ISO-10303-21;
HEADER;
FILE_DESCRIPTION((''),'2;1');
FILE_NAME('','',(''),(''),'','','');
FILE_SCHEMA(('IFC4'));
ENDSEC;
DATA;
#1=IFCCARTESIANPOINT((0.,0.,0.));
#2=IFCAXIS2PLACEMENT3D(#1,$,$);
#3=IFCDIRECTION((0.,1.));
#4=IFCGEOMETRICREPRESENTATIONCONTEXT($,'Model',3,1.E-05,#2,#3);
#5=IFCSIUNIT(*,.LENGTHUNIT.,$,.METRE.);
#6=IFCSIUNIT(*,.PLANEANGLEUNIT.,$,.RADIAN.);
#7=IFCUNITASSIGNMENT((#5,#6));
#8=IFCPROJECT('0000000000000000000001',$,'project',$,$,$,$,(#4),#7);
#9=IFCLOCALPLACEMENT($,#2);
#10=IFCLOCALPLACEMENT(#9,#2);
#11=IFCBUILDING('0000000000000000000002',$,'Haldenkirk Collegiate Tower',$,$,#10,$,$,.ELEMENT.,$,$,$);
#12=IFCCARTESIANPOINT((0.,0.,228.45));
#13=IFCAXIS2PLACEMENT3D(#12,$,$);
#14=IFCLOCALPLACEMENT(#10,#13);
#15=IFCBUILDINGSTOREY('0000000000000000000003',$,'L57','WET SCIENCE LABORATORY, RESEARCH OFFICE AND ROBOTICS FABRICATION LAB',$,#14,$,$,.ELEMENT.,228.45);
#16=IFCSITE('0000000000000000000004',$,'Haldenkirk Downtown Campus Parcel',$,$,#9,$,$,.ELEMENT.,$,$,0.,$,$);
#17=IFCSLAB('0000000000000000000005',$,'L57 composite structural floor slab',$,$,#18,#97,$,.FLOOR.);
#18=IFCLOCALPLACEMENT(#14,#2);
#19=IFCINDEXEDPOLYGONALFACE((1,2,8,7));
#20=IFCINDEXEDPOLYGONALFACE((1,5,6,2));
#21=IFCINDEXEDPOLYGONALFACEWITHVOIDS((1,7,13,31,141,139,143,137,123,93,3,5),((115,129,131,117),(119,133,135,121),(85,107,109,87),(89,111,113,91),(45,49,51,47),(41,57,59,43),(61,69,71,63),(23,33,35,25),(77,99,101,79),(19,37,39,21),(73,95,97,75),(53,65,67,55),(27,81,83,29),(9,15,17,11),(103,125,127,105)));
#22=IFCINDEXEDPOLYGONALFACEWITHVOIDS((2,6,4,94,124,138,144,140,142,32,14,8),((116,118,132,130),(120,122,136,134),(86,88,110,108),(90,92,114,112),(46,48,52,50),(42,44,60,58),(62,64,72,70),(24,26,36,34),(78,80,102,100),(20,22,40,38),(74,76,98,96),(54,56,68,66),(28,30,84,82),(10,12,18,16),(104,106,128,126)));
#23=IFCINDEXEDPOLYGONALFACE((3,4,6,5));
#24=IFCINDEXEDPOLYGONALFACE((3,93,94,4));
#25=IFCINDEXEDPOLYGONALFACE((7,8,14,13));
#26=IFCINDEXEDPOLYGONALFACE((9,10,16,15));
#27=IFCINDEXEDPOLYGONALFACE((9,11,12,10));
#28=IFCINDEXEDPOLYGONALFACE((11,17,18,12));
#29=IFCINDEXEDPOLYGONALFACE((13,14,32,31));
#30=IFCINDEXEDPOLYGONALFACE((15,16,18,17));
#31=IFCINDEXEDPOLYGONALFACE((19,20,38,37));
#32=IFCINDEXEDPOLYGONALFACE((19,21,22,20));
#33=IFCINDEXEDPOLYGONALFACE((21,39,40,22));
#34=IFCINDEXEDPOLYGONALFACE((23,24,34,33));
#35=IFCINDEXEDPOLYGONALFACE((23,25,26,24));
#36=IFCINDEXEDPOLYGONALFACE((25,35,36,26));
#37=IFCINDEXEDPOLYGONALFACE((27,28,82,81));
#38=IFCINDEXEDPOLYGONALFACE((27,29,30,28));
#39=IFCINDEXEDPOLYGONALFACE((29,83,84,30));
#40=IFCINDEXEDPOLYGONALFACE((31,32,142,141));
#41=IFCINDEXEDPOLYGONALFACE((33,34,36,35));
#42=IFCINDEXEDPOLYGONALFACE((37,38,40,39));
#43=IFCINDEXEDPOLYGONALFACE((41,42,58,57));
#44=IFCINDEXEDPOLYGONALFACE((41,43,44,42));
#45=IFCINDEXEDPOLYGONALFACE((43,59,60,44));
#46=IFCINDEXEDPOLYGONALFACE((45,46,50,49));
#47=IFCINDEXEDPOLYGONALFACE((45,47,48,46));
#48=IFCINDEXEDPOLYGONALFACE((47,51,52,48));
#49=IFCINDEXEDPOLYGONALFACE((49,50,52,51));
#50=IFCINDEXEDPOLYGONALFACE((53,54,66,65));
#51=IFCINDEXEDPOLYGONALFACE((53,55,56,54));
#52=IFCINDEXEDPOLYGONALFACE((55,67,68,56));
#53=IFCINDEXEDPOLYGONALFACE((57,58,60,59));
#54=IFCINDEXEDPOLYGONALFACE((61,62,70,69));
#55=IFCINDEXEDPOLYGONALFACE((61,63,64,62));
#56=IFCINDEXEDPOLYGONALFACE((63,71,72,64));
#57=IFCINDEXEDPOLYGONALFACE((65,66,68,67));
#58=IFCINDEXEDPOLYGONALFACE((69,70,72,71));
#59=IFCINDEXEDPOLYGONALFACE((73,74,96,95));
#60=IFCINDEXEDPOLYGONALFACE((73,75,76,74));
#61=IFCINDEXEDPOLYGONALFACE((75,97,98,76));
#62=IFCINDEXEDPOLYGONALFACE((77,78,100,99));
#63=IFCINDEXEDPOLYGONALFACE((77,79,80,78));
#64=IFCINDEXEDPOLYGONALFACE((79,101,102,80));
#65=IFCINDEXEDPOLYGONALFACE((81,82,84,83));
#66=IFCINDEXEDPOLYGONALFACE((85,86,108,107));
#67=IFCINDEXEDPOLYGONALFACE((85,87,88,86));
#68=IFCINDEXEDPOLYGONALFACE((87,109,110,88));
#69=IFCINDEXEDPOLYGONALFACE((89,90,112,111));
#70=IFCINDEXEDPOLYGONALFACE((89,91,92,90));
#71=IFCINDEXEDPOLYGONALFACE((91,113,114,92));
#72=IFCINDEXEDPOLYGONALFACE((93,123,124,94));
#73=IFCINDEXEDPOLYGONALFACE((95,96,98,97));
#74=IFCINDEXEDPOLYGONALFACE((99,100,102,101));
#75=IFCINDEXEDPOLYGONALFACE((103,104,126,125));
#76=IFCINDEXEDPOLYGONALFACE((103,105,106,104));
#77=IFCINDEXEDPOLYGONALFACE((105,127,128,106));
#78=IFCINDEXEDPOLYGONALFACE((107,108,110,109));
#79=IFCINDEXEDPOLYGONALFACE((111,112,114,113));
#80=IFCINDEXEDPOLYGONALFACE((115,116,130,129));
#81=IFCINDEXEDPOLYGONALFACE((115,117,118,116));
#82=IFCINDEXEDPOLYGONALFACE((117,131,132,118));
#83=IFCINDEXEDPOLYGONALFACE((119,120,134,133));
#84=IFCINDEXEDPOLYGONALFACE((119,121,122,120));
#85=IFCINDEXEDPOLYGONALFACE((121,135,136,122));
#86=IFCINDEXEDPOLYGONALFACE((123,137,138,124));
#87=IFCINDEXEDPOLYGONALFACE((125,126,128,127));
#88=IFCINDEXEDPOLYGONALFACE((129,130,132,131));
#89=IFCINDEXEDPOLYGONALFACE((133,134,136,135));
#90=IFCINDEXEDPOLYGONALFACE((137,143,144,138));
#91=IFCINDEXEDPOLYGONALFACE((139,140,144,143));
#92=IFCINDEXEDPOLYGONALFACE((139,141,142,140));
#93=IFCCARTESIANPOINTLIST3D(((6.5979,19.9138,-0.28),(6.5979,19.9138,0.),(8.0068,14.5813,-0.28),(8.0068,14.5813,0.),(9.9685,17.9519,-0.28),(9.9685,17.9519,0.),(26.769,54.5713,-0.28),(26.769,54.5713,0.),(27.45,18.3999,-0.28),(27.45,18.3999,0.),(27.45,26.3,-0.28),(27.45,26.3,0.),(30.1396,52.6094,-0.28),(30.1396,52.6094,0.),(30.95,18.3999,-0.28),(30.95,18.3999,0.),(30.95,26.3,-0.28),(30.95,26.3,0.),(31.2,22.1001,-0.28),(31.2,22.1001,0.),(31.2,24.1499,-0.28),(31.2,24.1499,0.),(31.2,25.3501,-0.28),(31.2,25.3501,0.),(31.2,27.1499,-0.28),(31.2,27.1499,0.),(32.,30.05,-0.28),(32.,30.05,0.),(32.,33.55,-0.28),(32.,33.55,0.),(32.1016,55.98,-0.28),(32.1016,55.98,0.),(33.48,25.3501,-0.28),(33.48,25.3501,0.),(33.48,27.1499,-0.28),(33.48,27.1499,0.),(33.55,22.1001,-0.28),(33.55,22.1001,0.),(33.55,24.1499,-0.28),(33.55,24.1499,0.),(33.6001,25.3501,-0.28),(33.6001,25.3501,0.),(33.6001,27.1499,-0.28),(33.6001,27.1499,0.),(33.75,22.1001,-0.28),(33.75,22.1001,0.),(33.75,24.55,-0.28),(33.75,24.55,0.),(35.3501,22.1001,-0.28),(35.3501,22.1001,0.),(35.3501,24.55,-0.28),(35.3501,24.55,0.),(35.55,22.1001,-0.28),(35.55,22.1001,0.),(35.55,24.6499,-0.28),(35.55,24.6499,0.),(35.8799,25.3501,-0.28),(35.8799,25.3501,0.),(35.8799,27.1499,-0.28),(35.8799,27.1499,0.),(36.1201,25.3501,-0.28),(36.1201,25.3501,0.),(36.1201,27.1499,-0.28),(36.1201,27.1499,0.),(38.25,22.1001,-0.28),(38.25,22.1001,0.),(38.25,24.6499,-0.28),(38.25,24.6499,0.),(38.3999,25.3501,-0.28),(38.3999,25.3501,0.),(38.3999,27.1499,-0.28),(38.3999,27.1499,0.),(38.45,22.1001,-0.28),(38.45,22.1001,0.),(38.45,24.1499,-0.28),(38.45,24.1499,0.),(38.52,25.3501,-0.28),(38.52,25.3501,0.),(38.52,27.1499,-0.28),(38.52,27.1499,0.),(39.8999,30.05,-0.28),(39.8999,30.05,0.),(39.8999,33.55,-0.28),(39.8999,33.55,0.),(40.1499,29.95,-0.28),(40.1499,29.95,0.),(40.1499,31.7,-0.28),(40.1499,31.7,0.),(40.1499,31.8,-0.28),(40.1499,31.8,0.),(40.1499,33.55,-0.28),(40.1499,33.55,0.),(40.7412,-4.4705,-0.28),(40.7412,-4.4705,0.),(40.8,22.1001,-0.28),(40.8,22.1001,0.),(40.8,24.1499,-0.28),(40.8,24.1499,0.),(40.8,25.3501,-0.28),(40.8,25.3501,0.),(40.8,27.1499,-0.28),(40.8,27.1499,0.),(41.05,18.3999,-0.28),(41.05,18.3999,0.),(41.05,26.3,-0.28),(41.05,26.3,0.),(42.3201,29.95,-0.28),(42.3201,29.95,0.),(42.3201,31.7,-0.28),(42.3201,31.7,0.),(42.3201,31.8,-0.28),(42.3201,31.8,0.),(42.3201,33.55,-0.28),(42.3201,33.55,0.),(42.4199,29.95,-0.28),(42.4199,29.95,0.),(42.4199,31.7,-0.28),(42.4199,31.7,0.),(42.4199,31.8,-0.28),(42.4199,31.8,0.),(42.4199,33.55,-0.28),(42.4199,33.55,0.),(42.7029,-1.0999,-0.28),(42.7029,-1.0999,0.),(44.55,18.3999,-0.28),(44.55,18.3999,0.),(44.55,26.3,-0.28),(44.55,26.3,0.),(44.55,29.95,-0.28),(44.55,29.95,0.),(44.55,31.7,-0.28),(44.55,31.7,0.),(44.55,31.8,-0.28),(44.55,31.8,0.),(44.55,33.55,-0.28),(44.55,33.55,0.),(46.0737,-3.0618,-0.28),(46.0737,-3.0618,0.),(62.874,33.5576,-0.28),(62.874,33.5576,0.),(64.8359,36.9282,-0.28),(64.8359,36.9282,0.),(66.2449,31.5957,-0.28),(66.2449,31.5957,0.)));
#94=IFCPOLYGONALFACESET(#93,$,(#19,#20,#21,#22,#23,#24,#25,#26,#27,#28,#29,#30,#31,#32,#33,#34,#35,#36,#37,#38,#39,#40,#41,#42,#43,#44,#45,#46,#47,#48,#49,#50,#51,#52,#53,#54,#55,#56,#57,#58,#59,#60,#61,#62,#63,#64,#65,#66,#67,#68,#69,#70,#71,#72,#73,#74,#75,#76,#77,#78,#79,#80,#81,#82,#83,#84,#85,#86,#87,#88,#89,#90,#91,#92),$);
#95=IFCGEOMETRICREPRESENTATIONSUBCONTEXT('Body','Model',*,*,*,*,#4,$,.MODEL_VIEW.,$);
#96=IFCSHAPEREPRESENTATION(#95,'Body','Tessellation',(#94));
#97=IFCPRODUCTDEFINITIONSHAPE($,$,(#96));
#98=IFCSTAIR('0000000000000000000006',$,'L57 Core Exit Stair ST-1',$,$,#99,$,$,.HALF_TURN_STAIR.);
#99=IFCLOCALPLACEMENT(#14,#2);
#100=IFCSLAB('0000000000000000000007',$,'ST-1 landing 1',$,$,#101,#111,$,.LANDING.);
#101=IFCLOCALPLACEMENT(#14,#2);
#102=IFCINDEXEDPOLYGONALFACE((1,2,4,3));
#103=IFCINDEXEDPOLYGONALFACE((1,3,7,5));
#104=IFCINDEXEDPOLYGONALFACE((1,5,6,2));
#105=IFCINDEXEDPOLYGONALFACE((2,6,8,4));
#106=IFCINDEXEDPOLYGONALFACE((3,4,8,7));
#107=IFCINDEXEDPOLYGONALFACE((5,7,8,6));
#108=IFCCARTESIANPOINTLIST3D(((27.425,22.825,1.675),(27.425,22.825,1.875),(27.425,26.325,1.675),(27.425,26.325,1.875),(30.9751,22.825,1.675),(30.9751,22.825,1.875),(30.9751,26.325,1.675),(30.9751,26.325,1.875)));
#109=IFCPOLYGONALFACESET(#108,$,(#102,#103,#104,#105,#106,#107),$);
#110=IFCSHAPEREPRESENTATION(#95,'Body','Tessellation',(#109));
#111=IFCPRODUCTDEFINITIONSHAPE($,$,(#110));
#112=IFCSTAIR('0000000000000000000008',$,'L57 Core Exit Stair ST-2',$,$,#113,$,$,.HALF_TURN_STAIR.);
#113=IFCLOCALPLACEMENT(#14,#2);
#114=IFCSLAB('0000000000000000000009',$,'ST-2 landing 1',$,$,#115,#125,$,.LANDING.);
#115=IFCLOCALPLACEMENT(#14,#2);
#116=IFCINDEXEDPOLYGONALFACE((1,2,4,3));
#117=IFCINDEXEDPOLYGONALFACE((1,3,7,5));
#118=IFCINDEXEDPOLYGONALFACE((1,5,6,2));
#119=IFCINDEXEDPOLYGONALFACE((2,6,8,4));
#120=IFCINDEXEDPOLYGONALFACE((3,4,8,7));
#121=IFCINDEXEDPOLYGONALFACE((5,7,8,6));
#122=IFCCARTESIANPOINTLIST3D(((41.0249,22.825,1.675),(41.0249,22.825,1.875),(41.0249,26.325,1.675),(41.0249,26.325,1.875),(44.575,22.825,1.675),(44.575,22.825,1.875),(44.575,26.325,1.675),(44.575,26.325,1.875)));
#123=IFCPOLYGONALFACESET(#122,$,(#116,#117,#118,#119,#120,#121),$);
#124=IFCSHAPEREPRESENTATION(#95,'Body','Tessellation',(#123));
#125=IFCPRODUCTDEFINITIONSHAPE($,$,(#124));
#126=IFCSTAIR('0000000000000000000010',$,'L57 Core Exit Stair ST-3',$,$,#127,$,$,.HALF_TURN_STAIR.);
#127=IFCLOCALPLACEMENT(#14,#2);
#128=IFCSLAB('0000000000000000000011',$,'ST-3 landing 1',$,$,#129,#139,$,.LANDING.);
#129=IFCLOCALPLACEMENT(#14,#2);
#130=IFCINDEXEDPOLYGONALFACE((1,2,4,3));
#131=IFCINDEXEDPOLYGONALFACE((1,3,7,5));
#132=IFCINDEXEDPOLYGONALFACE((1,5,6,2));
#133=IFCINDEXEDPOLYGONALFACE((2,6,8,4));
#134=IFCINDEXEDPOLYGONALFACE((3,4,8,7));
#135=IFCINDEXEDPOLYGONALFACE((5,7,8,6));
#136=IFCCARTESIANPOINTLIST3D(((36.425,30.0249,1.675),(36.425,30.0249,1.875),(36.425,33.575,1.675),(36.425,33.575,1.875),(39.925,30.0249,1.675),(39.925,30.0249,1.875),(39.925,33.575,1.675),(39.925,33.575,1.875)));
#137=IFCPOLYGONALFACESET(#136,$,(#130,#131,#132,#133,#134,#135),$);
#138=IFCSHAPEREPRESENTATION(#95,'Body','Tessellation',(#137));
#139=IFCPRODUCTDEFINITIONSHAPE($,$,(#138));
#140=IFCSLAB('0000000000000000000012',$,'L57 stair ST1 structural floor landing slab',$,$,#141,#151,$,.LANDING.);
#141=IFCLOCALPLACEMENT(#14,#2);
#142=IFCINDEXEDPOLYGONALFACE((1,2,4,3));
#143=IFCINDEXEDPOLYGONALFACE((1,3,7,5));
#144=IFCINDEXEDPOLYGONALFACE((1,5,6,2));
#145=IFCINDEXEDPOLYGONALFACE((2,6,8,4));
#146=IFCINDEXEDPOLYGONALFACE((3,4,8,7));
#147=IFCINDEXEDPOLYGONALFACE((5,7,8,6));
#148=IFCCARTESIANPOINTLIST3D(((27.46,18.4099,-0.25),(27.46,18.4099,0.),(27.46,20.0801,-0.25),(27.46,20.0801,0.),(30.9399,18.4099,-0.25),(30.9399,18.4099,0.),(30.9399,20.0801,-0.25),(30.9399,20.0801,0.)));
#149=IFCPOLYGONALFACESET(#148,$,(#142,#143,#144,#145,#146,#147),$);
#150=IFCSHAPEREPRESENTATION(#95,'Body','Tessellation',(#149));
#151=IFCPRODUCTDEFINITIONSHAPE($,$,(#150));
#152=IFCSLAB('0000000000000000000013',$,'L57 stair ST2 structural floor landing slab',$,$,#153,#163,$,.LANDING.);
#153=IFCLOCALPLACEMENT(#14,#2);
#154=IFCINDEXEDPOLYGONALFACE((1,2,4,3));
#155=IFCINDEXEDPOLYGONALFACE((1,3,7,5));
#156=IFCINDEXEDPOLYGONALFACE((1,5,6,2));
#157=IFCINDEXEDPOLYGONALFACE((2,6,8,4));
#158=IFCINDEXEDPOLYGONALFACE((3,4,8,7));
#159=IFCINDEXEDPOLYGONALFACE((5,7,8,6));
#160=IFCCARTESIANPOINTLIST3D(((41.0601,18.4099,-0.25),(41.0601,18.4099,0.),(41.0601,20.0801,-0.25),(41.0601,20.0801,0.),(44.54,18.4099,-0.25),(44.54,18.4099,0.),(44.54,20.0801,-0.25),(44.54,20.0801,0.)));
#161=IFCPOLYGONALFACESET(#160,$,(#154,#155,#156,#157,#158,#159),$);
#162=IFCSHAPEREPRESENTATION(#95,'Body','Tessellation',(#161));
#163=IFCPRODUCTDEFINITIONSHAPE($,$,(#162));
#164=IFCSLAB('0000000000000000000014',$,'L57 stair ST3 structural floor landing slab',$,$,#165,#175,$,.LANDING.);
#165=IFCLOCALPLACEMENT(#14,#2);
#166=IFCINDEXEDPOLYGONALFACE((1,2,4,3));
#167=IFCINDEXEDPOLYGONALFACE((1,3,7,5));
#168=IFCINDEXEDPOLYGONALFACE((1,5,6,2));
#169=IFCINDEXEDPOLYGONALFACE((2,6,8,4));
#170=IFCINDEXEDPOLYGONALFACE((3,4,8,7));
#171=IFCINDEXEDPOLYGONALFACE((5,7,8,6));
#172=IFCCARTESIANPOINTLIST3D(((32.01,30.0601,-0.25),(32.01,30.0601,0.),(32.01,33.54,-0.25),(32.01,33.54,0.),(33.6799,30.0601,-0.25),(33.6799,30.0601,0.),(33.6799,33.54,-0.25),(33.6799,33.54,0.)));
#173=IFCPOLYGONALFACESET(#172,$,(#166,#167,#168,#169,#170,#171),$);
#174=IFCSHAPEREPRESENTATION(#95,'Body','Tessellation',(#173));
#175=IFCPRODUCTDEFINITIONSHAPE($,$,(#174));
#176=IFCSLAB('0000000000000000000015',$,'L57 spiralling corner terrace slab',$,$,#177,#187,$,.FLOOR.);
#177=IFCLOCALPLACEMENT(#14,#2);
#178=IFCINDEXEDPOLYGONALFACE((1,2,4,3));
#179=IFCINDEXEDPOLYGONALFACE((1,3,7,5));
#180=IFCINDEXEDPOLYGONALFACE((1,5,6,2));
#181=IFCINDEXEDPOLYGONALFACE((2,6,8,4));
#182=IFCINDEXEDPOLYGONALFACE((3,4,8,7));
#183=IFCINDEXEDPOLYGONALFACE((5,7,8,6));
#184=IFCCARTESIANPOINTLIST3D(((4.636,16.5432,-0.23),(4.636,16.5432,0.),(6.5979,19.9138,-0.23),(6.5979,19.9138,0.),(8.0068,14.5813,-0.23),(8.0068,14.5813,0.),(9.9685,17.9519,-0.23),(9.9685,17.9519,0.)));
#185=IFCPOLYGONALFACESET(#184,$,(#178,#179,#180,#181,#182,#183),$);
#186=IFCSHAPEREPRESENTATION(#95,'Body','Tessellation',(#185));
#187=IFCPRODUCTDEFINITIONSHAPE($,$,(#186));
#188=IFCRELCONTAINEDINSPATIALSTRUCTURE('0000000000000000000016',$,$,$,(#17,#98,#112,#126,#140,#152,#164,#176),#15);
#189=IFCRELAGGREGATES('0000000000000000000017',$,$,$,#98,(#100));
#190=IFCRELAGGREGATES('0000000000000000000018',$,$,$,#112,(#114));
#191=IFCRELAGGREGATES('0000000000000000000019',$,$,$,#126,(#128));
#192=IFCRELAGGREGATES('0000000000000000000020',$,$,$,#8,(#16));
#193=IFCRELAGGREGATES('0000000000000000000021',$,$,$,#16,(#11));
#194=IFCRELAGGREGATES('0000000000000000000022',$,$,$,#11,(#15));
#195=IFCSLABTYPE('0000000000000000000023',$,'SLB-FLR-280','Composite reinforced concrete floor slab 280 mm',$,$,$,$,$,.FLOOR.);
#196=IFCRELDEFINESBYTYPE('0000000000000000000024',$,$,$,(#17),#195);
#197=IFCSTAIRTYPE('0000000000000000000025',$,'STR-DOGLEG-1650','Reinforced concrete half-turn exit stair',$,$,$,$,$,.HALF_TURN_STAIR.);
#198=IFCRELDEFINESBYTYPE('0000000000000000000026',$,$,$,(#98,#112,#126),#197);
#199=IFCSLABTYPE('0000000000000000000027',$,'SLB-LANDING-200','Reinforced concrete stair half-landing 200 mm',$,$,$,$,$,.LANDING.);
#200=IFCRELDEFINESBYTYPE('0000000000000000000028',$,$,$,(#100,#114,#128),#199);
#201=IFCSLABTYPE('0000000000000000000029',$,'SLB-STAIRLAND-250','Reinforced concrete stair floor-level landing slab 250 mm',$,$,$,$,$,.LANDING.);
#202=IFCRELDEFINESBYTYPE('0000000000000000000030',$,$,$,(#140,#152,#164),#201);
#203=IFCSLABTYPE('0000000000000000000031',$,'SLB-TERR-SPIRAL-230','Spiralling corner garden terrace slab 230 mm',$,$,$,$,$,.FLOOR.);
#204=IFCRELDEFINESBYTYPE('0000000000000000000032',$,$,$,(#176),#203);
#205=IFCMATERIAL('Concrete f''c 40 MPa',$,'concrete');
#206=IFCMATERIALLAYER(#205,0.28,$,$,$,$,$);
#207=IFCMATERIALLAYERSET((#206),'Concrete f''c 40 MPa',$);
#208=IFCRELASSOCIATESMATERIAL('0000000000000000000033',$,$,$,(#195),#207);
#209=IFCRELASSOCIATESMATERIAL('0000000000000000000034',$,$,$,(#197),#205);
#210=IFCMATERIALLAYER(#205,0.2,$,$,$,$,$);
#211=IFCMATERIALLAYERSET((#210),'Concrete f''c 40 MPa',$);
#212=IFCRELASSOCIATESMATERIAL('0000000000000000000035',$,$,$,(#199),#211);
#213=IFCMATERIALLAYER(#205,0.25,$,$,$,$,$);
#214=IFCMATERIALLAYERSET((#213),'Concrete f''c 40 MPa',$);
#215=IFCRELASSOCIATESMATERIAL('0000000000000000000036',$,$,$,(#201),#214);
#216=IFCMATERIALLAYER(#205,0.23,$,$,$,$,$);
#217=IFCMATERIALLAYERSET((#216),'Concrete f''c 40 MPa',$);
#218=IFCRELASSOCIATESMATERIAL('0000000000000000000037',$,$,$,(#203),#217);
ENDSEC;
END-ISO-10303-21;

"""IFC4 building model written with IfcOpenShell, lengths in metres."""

from ifc_helpers import new_model, si_unit, direction, frame, origin, place, context, subcontext, project, spatial, polyline, outline, extrude, material, layer, layer_set, type_object, element, aggregate, save


model = new_model("IFC4")

# Units and contexts
model_context = context("Model", 3, precision=1e-05, world=origin(), true_north=direction((0.0, 1.0)))
body_context = subcontext(model_context, "Body", "Model", "MODEL_VIEW")
ifc_project = project(units=[si_unit("LENGTHUNIT", "METRE"), si_unit("PLANEANGLEUNIT", "RADIAN")], contexts=[model_context])

# Site, building, storey
site_placement = place(None, origin())
site = spatial("IfcSite", under=ifc_project, at=site_placement, Name="Haldenkirk Downtown Campus Parcel", CompositionType="ELEMENT", RefElevation=0.0)
building_placement = place(site_placement, origin())
building = spatial("IfcBuilding", under=site, at=building_placement, Name="Haldenkirk Collegiate Tower", CompositionType="ELEMENT")
storey_placement = place(building_placement, frame((0.0, 0.0, 228.45)))
storey = spatial("IfcBuildingStorey", under=building, at=storey_placement, Name="L57", Description="WET SCIENCE LABORATORY, RESEARCH OFFICE AND ROBOTICS FABRICATION LAB", CompositionType="ELEMENT", Elevation=228.45)

# Slab
ifc_material_1 = material(Name="Concrete f'c 40 MPa", Category="concrete")
ifc_layer_1 = layer(ifc_material_1, 0.28)
ifc_layer_set_1 = layer_set([ifc_layer_1], Name="Concrete f'c 40 MPa")
slab_type_1 = type_object("IfcSlabType", Name="SLB-FLR-280", Description="Composite reinforced concrete floor slab 280 mm", PredefinedType="FLOOR", material=ifc_layer_set_1)
slab_1_placement = place(storey_placement, frame((0.0, 0.0, -0.28)))
element("IfcSlab", 1, at=slab_1_placement, inside=storey, type_object=slab_type_1, Name="L57 composite structural floor slab", PredefinedType="FLOOR", context=body_context, shape_type="SweptSolid", body=[
    extrude(outline(polyline([(46.0737, -3.0618), (66.2449, 31.5957), (62.874, 33.5576), (64.8359, 36.9282), (32.1016, 55.98), (30.1396, 52.6094), (26.769, 54.5713), (6.5979, 19.9138), (9.9685, 17.9519), (8.0068, 14.5813), (40.7412, -4.4705), (42.7029, -1.0999), (46.0737, -3.0618)]), holes=[polyline([(27.45, 18.3999), (30.95, 18.3999), (30.95, 26.3), (27.45, 26.3), (27.45, 18.3999)]), polyline([(41.05, 18.3999), (44.55, 18.3999), (44.55, 26.3), (41.05, 26.3), (41.05, 18.3999)]), polyline([(32.0, 30.05), (39.8999, 30.05), (39.8999, 33.55), (32.0, 33.55), (32.0, 30.05)]), polyline([(33.75, 22.1001), (35.3501, 22.1001), (35.3501, 24.55), (33.75, 24.55), (33.75, 22.1001)]), polyline([(40.1499, 29.95), (42.3201, 29.95), (42.3201, 31.7), (40.1499, 31.7), (40.1499, 29.95)]), polyline([(42.4199, 29.95), (44.55, 29.95), (44.55, 31.7), (42.4199, 31.7), (42.4199, 29.95)]), polyline([(40.1499, 31.8), (42.3201, 31.8), (42.3201, 33.55), (40.1499, 33.55), (40.1499, 31.8)]), polyline([(42.4199, 31.8), (44.55, 31.8), (44.55, 33.55), (42.4199, 33.55), (42.4199, 31.8)]), polyline([(31.2, 25.3501), (33.48, 25.3501), (33.48, 27.1499), (31.2, 27.1499), (31.2, 25.3501)]), polyline([(33.6001, 25.3501), (35.8799, 25.3501), (35.8799, 27.1499), (33.6001, 27.1499), (33.6001, 25.3501)]), polyline([(36.1201, 25.3501), (38.3999, 25.3501), (38.3999, 27.1499), (36.1201, 27.1499), (36.1201, 25.3501)]), polyline([(38.52, 25.3501), (40.8, 25.3501), (40.8, 27.1499), (38.52, 27.1499), (38.52, 25.3501)]), polyline([(31.2, 22.1001), (33.55, 22.1001), (33.55, 24.1499), (31.2, 24.1499), (31.2, 22.1001)]), polyline([(38.45, 22.1001), (40.8, 22.1001), (40.8, 24.1499), (38.45, 24.1499), (38.45, 22.1001)]), polyline([(35.55, 22.1001), (38.25, 22.1001), (38.25, 24.6499), (35.55, 24.6499), (35.55, 22.1001)])]), origin(), (0.0, 0.0, 1.0), 0.28),
])

# Stairs, slabs
stair_type = type_object("IfcStairType", Name="STR-DOGLEG-1650", Description="Reinforced concrete half-turn exit stair", PredefinedType="HALF_TURN_STAIR", material=ifc_material_1)
stair_1_placement = place(storey_placement, origin())
stair_1 = element("IfcStair", 2, at=stair_1_placement, inside=storey, type_object=stair_type, Name="L57 Core Exit Stair ST-1", PredefinedType="HALF_TURN_STAIR")
ifc_layer_2 = layer(ifc_material_1, 0.2)
ifc_layer_set_2 = layer_set([ifc_layer_2], Name="Concrete f'c 40 MPa")
slab_type_2 = type_object("IfcSlabType", Name="SLB-LANDING-200", Description="Reinforced concrete stair half-landing 200 mm", PredefinedType="LANDING", material=ifc_layer_set_2)
slab_2_placement = place(storey_placement, frame((0.0, 0.0, 1.675)))
slab_2 = element("IfcSlab", 3, at=slab_2_placement, type_object=slab_type_2, Name="ST-1 landing 1", PredefinedType="LANDING", context=body_context, shape_type="SweptSolid", body=[
    extrude(outline(polyline([(30.9751, 22.825), (27.425, 22.825), (27.425, 26.325), (30.9751, 26.325), (30.9751, 22.825)])), origin(), (0.0, 0.0, 1.0), 0.2),
])
aggregate(stair_1, [slab_2])
stair_2_placement = place(storey_placement, origin())
stair_2 = element("IfcStair", 4, at=stair_2_placement, inside=storey, type_object=stair_type, Name="L57 Core Exit Stair ST-2", PredefinedType="HALF_TURN_STAIR")
slab_3_placement = place(storey_placement, frame((0.0, 0.0, 1.675)))
slab_3 = element("IfcSlab", 5, at=slab_3_placement, type_object=slab_type_2, Name="ST-2 landing 1", PredefinedType="LANDING", context=body_context, shape_type="SweptSolid", body=[
    extrude(outline(polyline([(44.575, 22.825), (41.0249, 22.825), (41.0249, 26.325), (44.575, 26.325), (44.575, 22.825)])), origin(), (0.0, 0.0, 1.0), 0.2),
])
aggregate(stair_2, [slab_3])
stair_3_placement = place(storey_placement, origin())
stair_3 = element("IfcStair", 6, at=stair_3_placement, inside=storey, type_object=stair_type, Name="L57 Core Exit Stair ST-3", PredefinedType="HALF_TURN_STAIR")
slab_4_placement = place(storey_placement, frame((0.0, 0.0, 1.675)))
slab_4 = element("IfcSlab", 7, at=slab_4_placement, type_object=slab_type_2, Name="ST-3 landing 1", PredefinedType="LANDING", context=body_context, shape_type="SweptSolid", body=[
    extrude(outline(polyline([(36.425, 30.0249), (36.425, 33.575), (39.925, 33.575), (39.925, 30.0249), (36.425, 30.0249)])), origin(), (0.0, 0.0, 1.0), 0.2),
])
aggregate(stair_3, [slab_4])

# Slabs
ifc_layer_3 = layer(ifc_material_1, 0.25)
ifc_layer_set_3 = layer_set([ifc_layer_3], Name="Concrete f'c 40 MPa")
slab_type_3 = type_object("IfcSlabType", Name="SLB-STAIRLAND-250", Description="Reinforced concrete stair floor-level landing slab 250 mm", PredefinedType="LANDING", material=ifc_layer_set_3)
slab_5_placement = place(storey_placement, frame((0.0, 0.0, -0.25)))
element("IfcSlab", 8, at=slab_5_placement, inside=storey, type_object=slab_type_3, Name="L57 stair ST1 structural floor landing slab", PredefinedType="LANDING", context=body_context, shape_type="SweptSolid", body=[
    extrude(outline(polyline([(27.46, 18.4099), (30.9399, 18.4099), (30.9399, 20.0801), (27.46, 20.0801), (27.46, 18.4099)])), origin(), (0.0, 0.0, 1.0), 0.25),
])
slab_6_placement = place(storey_placement, frame((0.0, 0.0, -0.25)))
element("IfcSlab", 9, at=slab_6_placement, inside=storey, type_object=slab_type_3, Name="L57 stair ST2 structural floor landing slab", PredefinedType="LANDING", context=body_context, shape_type="SweptSolid", body=[
    extrude(outline(polyline([(41.0601, 18.4099), (44.54, 18.4099), (44.54, 20.0801), (41.0601, 20.0801), (41.0601, 18.4099)])), origin(), (0.0, 0.0, 1.0), 0.25),
])
slab_7_placement = place(storey_placement, frame((0.0, 0.0, -0.25)))
element("IfcSlab", 10, at=slab_7_placement, inside=storey, type_object=slab_type_3, Name="L57 stair ST3 structural floor landing slab", PredefinedType="LANDING", context=body_context, shape_type="SweptSolid", body=[
    extrude(outline(polyline([(32.01, 30.0601), (33.6799, 30.0601), (33.6799, 33.54), (32.01, 33.54), (32.01, 30.0601)])), origin(), (0.0, 0.0, 1.0), 0.25),
])
ifc_layer_4 = layer(ifc_material_1, 0.23)
ifc_layer_set_4 = layer_set([ifc_layer_4], Name="Concrete f'c 40 MPa")
slab_type_4 = type_object("IfcSlabType", Name="SLB-TERR-SPIRAL-230", Description="Spiralling corner garden terrace slab 230 mm", PredefinedType="FLOOR", material=ifc_layer_set_4)
slab_8_placement = place(storey_placement, frame((0.0, 0.0, -0.23)))
element("IfcSlab", 11, at=slab_8_placement, inside=storey, type_object=slab_type_4, Name="L57 spiralling corner terrace slab", PredefinedType="FLOOR", context=body_context, shape_type="SweptSolid", body=[
    extrude(outline(polyline([(8.0068, 14.5813), (9.9685, 17.9519), (6.5979, 19.9138), (4.636, 16.5432), (8.0068, 14.5813)])), origin(), (0.0, 0.0, 1.0), 0.23),
])

save(model, "model.ifc")
